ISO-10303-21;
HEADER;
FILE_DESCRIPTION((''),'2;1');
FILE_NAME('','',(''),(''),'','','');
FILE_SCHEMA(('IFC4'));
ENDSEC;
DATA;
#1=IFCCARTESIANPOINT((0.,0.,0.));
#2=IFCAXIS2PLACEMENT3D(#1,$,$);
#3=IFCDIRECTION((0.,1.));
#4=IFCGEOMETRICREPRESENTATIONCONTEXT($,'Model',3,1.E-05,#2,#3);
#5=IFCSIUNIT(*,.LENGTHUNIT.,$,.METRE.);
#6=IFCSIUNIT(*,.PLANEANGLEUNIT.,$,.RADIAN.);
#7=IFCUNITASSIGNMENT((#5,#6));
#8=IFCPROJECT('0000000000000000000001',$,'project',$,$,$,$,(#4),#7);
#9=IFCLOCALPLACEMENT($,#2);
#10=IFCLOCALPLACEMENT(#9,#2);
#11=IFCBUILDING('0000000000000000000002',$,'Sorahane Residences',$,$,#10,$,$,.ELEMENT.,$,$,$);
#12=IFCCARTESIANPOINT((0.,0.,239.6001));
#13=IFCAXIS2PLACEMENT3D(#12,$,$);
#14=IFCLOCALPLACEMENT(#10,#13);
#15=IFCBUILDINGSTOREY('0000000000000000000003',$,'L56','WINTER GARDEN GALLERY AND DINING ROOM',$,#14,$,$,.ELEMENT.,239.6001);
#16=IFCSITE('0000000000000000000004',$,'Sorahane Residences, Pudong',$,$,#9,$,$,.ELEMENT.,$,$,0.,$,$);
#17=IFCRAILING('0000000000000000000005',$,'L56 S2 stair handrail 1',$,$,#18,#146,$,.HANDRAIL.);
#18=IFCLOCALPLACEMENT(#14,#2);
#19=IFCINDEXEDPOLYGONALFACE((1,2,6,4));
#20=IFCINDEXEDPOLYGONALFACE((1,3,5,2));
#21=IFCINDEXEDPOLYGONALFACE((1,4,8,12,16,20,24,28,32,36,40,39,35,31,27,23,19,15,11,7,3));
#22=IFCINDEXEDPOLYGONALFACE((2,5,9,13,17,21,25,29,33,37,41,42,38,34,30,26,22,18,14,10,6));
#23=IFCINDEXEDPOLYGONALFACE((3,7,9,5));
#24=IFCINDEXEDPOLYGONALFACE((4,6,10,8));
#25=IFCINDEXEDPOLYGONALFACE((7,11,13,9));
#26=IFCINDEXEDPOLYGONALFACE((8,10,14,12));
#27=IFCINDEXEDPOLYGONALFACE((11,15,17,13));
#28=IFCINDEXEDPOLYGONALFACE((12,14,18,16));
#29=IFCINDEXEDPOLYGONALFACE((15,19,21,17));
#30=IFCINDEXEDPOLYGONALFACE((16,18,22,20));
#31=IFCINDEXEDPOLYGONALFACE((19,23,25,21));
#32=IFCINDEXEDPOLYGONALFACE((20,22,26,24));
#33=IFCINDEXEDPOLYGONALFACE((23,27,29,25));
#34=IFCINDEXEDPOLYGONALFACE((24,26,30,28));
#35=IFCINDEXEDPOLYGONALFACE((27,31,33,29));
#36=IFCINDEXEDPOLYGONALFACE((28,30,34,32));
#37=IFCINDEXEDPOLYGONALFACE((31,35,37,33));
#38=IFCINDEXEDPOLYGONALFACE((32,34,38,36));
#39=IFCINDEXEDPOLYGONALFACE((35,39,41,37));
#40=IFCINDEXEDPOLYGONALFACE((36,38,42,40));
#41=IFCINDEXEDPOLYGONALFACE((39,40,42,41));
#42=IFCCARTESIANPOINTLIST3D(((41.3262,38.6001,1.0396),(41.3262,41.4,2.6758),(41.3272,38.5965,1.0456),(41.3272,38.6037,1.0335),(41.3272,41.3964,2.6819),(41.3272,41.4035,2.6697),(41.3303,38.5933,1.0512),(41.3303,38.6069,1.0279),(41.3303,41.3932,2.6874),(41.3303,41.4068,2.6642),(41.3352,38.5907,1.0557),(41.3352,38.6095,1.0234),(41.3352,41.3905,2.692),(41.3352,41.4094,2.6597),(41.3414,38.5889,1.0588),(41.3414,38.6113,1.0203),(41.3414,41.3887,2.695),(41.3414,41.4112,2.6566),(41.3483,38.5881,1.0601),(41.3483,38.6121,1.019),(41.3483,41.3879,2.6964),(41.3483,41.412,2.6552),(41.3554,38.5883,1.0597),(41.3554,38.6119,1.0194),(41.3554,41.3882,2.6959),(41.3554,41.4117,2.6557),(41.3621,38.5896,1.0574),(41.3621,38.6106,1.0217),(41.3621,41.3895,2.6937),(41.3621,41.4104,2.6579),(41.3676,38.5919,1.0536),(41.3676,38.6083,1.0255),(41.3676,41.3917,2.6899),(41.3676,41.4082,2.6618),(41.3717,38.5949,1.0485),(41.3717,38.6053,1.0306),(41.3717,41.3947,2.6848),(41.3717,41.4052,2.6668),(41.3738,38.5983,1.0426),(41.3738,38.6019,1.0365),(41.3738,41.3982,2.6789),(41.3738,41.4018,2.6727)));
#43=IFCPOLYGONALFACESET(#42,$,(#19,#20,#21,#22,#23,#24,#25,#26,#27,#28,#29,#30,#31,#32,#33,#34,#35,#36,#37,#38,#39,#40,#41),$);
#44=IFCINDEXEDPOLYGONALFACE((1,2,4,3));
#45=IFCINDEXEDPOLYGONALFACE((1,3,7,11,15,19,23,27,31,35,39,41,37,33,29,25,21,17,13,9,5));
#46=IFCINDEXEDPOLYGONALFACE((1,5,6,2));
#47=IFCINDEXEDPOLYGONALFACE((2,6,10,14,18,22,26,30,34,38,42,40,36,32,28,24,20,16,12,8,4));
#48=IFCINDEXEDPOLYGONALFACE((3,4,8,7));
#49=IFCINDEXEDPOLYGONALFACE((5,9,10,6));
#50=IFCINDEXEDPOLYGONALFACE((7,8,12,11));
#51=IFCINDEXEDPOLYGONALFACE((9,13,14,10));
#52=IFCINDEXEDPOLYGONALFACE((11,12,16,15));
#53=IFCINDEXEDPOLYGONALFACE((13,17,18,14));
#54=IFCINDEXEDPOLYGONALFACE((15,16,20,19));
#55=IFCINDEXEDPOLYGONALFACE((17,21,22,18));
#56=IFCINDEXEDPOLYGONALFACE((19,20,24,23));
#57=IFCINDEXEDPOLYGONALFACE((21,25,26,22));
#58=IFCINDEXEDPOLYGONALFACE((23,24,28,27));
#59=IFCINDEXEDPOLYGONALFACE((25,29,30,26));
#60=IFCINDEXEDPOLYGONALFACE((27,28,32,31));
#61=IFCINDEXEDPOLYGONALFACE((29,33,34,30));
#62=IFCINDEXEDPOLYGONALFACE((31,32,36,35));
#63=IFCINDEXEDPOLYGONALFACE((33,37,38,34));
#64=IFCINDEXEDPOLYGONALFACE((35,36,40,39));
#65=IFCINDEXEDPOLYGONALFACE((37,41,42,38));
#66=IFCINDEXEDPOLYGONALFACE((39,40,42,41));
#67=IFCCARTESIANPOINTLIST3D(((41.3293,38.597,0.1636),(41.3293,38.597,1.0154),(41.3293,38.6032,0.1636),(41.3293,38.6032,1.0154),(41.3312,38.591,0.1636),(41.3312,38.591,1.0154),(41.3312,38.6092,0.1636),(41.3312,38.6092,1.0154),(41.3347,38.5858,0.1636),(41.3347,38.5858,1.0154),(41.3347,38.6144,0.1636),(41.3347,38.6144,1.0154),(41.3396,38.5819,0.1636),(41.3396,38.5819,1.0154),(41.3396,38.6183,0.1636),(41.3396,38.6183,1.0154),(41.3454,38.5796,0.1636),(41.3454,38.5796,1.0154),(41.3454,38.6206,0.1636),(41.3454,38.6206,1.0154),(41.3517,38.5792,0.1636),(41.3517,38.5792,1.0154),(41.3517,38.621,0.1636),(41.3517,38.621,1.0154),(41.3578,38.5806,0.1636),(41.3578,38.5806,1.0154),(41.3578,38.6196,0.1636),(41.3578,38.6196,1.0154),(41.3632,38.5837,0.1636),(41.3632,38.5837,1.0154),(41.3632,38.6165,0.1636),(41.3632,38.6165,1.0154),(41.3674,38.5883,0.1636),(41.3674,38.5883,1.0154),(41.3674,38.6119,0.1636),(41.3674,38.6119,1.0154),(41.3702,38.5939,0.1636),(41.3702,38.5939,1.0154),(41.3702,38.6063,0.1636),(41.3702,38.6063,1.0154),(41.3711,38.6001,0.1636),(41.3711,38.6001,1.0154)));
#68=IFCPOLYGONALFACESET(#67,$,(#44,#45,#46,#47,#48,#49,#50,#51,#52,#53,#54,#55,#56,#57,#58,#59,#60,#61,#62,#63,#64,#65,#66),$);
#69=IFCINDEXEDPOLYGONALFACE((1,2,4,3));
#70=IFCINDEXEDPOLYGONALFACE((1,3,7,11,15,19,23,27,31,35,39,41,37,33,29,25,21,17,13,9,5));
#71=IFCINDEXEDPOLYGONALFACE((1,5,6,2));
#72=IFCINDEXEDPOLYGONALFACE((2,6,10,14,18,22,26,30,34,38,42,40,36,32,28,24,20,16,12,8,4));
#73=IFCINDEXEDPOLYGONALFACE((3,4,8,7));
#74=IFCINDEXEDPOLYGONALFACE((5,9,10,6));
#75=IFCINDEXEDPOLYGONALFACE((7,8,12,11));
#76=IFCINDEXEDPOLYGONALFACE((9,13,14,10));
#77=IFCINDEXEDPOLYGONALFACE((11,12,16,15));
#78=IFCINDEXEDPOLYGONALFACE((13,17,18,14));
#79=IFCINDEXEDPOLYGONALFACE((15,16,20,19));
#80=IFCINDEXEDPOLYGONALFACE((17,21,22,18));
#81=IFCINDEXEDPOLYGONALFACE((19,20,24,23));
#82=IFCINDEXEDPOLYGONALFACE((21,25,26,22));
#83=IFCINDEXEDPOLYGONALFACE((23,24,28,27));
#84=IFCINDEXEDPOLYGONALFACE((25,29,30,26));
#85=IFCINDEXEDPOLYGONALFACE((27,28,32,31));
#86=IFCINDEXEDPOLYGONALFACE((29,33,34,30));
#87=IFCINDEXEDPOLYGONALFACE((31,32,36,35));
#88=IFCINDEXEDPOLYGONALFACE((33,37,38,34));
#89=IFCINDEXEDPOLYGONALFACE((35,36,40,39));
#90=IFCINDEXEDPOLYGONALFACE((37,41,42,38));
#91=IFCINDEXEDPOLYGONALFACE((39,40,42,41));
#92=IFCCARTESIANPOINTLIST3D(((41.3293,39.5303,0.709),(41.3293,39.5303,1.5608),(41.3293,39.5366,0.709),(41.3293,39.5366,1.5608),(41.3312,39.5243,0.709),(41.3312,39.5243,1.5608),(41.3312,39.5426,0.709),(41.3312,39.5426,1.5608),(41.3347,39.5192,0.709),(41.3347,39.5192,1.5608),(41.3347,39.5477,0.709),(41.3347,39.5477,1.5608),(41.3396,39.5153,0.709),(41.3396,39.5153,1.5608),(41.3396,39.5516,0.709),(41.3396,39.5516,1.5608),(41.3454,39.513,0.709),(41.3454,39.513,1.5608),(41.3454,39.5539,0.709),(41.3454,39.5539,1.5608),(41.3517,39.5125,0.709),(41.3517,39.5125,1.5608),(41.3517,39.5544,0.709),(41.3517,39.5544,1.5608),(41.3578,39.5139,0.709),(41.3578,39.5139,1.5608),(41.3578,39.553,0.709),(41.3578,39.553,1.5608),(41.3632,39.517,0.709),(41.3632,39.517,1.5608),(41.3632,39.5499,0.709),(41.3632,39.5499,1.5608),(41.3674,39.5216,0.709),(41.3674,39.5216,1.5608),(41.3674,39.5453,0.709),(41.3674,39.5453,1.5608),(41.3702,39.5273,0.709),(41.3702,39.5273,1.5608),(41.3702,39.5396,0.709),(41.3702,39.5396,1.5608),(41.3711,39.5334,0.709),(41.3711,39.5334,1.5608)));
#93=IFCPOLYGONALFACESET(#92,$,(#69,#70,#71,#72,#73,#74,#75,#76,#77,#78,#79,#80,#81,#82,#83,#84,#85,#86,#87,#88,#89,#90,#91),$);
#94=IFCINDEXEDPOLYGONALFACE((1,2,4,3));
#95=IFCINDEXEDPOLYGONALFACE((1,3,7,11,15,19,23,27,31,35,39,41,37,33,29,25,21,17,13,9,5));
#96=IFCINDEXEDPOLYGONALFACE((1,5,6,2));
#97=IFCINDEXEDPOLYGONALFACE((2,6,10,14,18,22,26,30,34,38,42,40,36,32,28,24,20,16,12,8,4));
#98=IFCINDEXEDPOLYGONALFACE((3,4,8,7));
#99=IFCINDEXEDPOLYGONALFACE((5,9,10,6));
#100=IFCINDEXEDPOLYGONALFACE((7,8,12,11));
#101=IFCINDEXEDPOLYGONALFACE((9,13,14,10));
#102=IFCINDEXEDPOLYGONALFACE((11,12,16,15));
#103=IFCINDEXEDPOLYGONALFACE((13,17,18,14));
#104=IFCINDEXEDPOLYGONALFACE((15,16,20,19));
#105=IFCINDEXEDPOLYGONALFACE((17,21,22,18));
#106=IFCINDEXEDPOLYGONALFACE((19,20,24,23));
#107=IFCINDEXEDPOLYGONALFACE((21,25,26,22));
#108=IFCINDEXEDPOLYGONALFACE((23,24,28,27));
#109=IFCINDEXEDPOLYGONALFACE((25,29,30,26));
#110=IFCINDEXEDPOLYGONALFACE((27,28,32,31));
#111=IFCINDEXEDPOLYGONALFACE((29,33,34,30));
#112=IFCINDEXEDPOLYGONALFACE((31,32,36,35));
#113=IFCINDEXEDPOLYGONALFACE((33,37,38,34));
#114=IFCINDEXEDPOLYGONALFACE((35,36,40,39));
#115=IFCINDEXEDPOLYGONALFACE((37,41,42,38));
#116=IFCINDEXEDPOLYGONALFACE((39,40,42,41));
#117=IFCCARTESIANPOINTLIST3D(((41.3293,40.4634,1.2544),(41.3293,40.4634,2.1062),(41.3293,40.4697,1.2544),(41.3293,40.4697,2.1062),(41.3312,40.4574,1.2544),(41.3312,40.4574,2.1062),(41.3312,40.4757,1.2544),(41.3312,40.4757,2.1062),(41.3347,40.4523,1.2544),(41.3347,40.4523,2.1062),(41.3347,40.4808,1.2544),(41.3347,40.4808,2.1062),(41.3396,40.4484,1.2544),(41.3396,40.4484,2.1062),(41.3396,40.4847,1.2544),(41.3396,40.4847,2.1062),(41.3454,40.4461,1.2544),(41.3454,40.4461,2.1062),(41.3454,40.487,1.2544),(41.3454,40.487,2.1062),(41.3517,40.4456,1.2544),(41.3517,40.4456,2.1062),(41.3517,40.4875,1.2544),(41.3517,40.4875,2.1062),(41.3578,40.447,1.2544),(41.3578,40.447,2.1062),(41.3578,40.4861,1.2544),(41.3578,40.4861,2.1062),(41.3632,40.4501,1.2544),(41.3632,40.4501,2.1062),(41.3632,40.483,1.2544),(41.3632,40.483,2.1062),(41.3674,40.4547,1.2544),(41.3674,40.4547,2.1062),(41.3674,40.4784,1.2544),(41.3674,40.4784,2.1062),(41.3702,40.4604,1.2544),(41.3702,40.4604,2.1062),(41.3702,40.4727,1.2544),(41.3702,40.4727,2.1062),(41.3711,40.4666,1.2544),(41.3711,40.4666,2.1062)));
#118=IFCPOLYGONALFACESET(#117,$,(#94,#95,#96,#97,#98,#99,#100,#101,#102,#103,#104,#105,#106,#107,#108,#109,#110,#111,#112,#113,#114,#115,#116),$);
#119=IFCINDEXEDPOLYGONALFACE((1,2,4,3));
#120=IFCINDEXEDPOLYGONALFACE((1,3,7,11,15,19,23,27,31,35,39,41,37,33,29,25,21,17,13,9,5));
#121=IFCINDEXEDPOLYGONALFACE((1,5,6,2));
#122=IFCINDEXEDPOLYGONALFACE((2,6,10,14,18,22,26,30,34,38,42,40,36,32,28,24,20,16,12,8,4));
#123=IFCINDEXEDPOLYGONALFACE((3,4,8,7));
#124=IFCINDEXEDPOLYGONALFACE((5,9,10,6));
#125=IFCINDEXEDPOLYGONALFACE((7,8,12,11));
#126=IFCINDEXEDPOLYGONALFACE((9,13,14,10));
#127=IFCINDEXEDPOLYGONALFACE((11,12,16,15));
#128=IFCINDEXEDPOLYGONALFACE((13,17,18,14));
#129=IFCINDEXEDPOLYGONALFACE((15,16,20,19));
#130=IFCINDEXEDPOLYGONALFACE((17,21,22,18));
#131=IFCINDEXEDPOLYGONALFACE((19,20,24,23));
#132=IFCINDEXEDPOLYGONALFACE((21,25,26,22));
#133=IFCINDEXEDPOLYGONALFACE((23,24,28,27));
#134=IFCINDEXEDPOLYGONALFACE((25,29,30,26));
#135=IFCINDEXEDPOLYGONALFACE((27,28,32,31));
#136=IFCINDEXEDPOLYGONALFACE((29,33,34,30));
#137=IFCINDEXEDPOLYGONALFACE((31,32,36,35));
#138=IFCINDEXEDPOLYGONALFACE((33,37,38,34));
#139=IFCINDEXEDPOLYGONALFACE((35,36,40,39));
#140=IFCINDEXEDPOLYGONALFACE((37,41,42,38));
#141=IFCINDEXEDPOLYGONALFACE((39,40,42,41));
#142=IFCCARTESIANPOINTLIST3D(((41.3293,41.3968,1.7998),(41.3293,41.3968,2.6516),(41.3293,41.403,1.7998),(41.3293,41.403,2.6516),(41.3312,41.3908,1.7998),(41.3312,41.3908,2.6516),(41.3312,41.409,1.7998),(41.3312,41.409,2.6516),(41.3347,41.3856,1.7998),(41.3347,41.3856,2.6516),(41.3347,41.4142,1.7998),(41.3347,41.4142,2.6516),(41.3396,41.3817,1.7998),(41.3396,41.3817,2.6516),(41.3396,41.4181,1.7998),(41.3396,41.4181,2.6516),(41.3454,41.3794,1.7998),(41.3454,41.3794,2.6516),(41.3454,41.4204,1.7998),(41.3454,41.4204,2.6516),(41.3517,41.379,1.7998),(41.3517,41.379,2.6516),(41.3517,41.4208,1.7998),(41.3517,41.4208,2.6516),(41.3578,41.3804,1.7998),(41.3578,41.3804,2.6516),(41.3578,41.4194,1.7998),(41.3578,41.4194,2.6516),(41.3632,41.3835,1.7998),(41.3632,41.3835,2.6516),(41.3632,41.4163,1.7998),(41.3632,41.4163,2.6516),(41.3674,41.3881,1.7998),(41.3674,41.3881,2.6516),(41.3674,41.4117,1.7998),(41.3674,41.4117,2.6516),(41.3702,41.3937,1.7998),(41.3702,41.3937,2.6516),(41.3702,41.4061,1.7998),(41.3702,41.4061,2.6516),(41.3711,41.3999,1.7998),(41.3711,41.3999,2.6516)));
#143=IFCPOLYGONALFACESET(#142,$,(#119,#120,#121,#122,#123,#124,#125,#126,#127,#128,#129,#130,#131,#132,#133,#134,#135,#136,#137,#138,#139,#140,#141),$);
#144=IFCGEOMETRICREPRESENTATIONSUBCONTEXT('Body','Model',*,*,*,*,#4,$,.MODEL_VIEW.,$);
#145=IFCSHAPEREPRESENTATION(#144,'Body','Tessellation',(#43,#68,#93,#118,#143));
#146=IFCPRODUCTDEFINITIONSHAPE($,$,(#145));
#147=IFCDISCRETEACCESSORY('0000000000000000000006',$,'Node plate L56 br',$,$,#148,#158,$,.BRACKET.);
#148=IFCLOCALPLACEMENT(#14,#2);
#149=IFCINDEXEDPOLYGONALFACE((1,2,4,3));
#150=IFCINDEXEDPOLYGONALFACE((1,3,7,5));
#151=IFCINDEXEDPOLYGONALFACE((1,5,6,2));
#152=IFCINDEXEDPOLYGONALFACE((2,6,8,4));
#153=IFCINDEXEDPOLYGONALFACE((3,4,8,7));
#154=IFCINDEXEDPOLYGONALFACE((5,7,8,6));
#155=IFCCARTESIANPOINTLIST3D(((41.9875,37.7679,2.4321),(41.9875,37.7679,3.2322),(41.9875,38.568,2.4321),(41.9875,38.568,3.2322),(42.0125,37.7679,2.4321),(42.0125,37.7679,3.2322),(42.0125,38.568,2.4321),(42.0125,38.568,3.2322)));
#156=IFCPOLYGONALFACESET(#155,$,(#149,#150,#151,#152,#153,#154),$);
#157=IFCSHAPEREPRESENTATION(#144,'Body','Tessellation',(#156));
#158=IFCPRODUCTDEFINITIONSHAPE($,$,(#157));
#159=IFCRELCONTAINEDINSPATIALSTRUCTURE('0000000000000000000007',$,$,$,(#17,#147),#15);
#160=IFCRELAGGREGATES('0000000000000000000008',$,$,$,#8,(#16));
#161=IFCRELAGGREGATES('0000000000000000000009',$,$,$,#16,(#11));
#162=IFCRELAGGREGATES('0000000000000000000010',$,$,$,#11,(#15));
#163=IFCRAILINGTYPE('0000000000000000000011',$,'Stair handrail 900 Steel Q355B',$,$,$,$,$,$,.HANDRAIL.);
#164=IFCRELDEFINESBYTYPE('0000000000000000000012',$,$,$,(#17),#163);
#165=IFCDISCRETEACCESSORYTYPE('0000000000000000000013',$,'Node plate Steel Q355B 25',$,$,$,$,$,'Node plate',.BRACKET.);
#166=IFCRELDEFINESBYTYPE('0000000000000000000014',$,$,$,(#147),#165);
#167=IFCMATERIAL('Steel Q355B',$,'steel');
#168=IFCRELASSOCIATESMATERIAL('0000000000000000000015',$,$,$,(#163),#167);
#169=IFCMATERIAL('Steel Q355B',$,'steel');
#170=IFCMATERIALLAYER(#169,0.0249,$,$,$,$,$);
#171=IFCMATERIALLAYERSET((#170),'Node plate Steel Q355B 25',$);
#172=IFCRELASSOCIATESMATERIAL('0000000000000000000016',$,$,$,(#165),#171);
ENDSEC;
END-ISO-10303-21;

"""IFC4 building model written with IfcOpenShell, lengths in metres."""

from ifc_helpers import new_model, si_unit, direction, frame, origin, origin_2d, place, context, subcontext, project, spatial, rectangle, circle, extrude, material, layer, layer_set, type_object, element, save


model = new_model("IFC4")

# Units and contexts
model_context = context("Model", 3, precision=1e-05, world=origin(), true_north=direction((0.0, 1.0)))
body_context = subcontext(model_context, "Body", "Model", "MODEL_VIEW")
ifc_project = project(units=[si_unit("LENGTHUNIT", "METRE"), si_unit("PLANEANGLEUNIT", "RADIAN")], contexts=[model_context])

# Site, building, storey
site_placement = place(None, origin())
site = spatial("IfcSite", under=ifc_project, at=site_placement, Name="Sorahane Residences, Pudong", CompositionType="ELEMENT", RefElevation=0.0)
building_placement = place(site_placement, origin())
building = spatial("IfcBuilding", under=site, at=building_placement, Name="Sorahane Residences", CompositionType="ELEMENT")
storey_placement = place(building_placement, frame((0.0, 0.0, 239.6001)))
storey = spatial("IfcBuildingStorey", under=building, at=storey_placement, Name="L56", Description="WINTER GARDEN GALLERY AND DINING ROOM", CompositionType="ELEMENT", Elevation=239.6001)

# Railing
ifc_material_1 = material(Name="Steel Q355B", Category="steel")
railing_type_1 = type_object("IfcRailingType", Name="Stair handrail 900 Steel Q355B", PredefinedType="HANDRAIL", material=ifc_material_1)
railing_1_placement = place(storey_placement, frame((41.3501, 38.6001, 0.1636)))
element("IfcRailing", 1, at=railing_1_placement, inside=storey, type_object=railing_type_1, Name="L56 S2 stair handrail 1", PredefinedType="HANDRAIL", context=body_context, shape_type="SweptSolid", body=[
    extrude(circle(Radius=0.0239, at=origin_2d()), frame((0.0, 0.0, 0.876), z_axis=(0.0, 0.863374, 0.504564), x_axis=(-1.0, 0.0, 0.0)), (0.0, 0.0, 1.0), 3.2429),
    extrude(circle(Radius=0.021, at=origin_2d()), origin(), (0.0, 0.0, 1.0), 0.8518),
    extrude(circle(Radius=0.021, at=origin_2d()), frame((0.0, 0.9333, 0.5454)), (0.0, 0.0, 1.0), 0.8518),
    extrude(circle(Radius=0.021, at=origin_2d()), frame((0.0, 1.8665, 1.0908)), (0.0, 0.0, 1.0), 0.8518),
    extrude(circle(Radius=0.021, at=origin_2d()), frame((0.0, 2.7998, 1.6362)), (0.0, 0.0, 1.0), 0.8518),
])

# Discrete accessory
ifc_material_2 = material(Name="Steel Q355B", Category="steel")
ifc_layer_1 = layer(ifc_material_2, 0.0249)
ifc_layer_set_1 = layer_set([ifc_layer_1], Name="Node plate Steel Q355B 25")
discrete_accessory_type = type_object("IfcDiscreteAccessoryType", Name="Node plate Steel Q355B 25", ElementType="Node plate", PredefinedType="BRACKET", material=ifc_layer_set_1)
discrete_accessory_placement = place(storey_placement, frame((42.0, 38.168, 2.4321), z_axis=(0.0, 0.0, 1.0), x_axis=(0.0, 1.0, 0.0)))
element("IfcDiscreteAccessory", 2, at=discrete_accessory_placement, inside=storey, type_object=discrete_accessory_type, Name="Node plate L56 br", PredefinedType="BRACKET", context=body_context, shape_type="SweptSolid", body=[
    extrude(rectangle(XDim=0.8, YDim=0.0249, at=origin_2d()), origin(), (0.0, 0.0, 1.0), 0.8),
])

save(model, "model.ifc")
